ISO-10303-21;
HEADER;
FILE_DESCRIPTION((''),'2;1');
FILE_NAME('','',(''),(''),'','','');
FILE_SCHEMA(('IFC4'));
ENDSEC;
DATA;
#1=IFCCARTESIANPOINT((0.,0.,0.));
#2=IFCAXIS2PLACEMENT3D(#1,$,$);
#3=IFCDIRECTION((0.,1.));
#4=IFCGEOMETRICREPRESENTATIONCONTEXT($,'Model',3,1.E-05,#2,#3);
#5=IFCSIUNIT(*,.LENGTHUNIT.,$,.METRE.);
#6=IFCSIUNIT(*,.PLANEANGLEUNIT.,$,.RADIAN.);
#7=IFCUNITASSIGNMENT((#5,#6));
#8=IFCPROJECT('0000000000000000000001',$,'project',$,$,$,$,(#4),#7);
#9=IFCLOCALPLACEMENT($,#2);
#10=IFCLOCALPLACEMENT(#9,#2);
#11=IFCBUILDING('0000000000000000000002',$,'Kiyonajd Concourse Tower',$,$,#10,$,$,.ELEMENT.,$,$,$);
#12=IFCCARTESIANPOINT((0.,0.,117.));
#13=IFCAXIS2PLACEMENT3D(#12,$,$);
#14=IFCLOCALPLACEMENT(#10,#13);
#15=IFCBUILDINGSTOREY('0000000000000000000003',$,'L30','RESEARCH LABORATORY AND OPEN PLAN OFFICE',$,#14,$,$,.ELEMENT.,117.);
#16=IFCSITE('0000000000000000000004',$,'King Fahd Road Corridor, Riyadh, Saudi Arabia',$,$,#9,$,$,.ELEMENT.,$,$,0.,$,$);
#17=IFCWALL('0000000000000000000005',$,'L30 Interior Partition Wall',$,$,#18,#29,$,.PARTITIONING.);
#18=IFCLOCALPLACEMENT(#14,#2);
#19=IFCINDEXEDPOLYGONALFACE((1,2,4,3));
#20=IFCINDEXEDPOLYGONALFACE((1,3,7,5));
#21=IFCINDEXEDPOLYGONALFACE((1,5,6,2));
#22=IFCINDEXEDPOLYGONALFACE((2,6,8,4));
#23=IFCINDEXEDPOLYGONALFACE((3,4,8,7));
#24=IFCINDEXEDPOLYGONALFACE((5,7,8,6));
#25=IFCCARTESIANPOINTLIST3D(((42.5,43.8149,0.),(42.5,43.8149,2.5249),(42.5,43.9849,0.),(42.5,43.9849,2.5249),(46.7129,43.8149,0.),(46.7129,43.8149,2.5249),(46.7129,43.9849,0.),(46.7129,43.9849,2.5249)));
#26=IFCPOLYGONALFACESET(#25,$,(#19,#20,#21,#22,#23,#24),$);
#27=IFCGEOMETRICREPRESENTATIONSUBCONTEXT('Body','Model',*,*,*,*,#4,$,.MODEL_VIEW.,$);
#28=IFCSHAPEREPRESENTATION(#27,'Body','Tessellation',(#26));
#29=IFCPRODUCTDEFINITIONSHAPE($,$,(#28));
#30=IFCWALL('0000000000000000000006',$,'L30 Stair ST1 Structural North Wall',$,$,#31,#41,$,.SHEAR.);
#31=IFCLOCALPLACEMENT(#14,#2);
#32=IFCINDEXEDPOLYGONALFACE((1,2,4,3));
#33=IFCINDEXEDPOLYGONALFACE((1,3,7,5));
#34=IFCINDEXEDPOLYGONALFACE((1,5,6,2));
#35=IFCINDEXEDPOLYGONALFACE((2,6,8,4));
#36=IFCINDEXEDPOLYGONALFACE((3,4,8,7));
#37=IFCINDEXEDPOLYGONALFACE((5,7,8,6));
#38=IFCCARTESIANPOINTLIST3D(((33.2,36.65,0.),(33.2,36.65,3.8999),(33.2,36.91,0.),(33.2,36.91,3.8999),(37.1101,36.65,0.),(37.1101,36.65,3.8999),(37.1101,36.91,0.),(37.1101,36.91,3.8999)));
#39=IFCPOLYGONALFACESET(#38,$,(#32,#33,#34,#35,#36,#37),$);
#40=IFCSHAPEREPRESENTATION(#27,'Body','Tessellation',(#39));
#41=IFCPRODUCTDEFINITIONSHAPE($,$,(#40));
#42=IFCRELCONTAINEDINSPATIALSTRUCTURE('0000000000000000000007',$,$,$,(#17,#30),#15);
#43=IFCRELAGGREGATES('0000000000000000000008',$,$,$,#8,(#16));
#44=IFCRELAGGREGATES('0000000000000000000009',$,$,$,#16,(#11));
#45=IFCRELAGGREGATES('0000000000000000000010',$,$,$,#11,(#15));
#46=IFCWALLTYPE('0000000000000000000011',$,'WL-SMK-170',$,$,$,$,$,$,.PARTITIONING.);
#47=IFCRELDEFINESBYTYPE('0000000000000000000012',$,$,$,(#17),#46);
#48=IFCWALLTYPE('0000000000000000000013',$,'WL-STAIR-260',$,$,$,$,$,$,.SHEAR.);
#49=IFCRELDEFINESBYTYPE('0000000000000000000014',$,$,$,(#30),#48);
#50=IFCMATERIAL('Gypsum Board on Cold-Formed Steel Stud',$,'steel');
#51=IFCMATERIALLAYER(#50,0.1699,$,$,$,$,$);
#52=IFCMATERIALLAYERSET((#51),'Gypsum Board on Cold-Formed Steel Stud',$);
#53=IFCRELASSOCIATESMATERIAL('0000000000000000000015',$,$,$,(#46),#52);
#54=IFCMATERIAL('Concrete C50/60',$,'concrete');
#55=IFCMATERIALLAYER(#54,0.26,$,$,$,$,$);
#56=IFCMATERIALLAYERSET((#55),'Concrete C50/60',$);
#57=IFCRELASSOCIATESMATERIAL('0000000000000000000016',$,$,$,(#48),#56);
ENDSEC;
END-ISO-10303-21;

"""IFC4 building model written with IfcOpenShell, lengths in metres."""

from ifc_helpers import new_model, si_unit, direction, frame, frame_2d, origin, place, context, subcontext, project, spatial, rectangle, extrude, material, layer, layer_set, type_object, element, save


model = new_model("IFC4")

# Units and contexts
model_context = context("Model", 3, precision=1e-05, world=origin(), true_north=direction((0.0, 1.0)))
body_context = subcontext(model_context, "Body", "Model", "MODEL_VIEW")
ifc_project = project(units=[si_unit("LENGTHUNIT", "METRE"), si_unit("PLANEANGLEUNIT", "RADIAN")], contexts=[model_context])

# Site, building, storey
site_placement = place(None, origin())
site = spatial("IfcSite", under=ifc_project, at=site_placement, Name="King Fahd Road Corridor, Riyadh, Saudi Arabia", CompositionType="ELEMENT", RefElevation=0.0)
building_placement = place(site_placement, origin())
building = spatial("IfcBuilding", under=site, at=building_placement, Name="Kiyonajd Concourse Tower", CompositionType="ELEMENT")
storey_placement = place(building_placement, frame((0.0, 0.0, 117.0)))
storey = spatial("IfcBuildingStorey", under=building, at=storey_placement, Name="L30", Description="RESEARCH LABORATORY AND OPEN PLAN OFFICE", CompositionType="ELEMENT", Elevation=117.0)

# Walls
ifc_material_1 = material(Name="Gypsum Board on Cold-Formed Steel Stud", Category="steel")
ifc_layer_1 = layer(ifc_material_1, 0.1699)
ifc_layer_set_1 = layer_set([ifc_layer_1], Name="Gypsum Board on Cold-Formed Steel Stud")
wall_type_1 = type_object("IfcWallType", Name="WL-SMK-170", PredefinedType="PARTITIONING", material=ifc_layer_set_1)
wall_1_placement = place(storey_placement, frame((42.5, 43.8999, 0.0), z_axis=(0.0, 0.0, 1.0), x_axis=(1.0, 0.0, 0.0)))
element("IfcWall", 1, at=wall_1_placement, inside=storey, type_object=wall_type_1, Name="L30 Interior Partition Wall", PredefinedType="PARTITIONING", context=body_context, shape_type="SweptSolid", body=[
    extrude(rectangle(XDim=4.2129, YDim=0.1699, at=frame_2d((2.1064, 0.0))), origin(), (0.0, 0.0, 1.0), 2.5249),
])
ifc_material_2 = material(Name="Concrete C50/60", Category="concrete")
ifc_layer_2 = layer(ifc_material_2, 0.26)
ifc_layer_set_2 = layer_set([ifc_layer_2], Name="Concrete C50/60")
wall_type_2 = type_object("IfcWallType", Name="WL-STAIR-260", PredefinedType="SHEAR", material=ifc_layer_set_2)
wall_2_placement = place(storey_placement, frame((33.2, 36.78, 0.0), z_axis=(0.0, 0.0, 1.0), x_axis=(1.0, 0.0, 0.0)))
element("IfcWall", 2, at=wall_2_placement, inside=storey, type_object=wall_type_2, Name="L30 Stair ST1 Structural North Wall", PredefinedType="SHEAR", context=body_context, shape_type="SweptSolid", body=[
    extrude(rectangle(XDim=3.9102, YDim=0.26, at=frame_2d((1.9551, 0.0))), origin(), (0.0, 0.0, 1.0), 3.8999),
])

save(model, "model.ifc")
